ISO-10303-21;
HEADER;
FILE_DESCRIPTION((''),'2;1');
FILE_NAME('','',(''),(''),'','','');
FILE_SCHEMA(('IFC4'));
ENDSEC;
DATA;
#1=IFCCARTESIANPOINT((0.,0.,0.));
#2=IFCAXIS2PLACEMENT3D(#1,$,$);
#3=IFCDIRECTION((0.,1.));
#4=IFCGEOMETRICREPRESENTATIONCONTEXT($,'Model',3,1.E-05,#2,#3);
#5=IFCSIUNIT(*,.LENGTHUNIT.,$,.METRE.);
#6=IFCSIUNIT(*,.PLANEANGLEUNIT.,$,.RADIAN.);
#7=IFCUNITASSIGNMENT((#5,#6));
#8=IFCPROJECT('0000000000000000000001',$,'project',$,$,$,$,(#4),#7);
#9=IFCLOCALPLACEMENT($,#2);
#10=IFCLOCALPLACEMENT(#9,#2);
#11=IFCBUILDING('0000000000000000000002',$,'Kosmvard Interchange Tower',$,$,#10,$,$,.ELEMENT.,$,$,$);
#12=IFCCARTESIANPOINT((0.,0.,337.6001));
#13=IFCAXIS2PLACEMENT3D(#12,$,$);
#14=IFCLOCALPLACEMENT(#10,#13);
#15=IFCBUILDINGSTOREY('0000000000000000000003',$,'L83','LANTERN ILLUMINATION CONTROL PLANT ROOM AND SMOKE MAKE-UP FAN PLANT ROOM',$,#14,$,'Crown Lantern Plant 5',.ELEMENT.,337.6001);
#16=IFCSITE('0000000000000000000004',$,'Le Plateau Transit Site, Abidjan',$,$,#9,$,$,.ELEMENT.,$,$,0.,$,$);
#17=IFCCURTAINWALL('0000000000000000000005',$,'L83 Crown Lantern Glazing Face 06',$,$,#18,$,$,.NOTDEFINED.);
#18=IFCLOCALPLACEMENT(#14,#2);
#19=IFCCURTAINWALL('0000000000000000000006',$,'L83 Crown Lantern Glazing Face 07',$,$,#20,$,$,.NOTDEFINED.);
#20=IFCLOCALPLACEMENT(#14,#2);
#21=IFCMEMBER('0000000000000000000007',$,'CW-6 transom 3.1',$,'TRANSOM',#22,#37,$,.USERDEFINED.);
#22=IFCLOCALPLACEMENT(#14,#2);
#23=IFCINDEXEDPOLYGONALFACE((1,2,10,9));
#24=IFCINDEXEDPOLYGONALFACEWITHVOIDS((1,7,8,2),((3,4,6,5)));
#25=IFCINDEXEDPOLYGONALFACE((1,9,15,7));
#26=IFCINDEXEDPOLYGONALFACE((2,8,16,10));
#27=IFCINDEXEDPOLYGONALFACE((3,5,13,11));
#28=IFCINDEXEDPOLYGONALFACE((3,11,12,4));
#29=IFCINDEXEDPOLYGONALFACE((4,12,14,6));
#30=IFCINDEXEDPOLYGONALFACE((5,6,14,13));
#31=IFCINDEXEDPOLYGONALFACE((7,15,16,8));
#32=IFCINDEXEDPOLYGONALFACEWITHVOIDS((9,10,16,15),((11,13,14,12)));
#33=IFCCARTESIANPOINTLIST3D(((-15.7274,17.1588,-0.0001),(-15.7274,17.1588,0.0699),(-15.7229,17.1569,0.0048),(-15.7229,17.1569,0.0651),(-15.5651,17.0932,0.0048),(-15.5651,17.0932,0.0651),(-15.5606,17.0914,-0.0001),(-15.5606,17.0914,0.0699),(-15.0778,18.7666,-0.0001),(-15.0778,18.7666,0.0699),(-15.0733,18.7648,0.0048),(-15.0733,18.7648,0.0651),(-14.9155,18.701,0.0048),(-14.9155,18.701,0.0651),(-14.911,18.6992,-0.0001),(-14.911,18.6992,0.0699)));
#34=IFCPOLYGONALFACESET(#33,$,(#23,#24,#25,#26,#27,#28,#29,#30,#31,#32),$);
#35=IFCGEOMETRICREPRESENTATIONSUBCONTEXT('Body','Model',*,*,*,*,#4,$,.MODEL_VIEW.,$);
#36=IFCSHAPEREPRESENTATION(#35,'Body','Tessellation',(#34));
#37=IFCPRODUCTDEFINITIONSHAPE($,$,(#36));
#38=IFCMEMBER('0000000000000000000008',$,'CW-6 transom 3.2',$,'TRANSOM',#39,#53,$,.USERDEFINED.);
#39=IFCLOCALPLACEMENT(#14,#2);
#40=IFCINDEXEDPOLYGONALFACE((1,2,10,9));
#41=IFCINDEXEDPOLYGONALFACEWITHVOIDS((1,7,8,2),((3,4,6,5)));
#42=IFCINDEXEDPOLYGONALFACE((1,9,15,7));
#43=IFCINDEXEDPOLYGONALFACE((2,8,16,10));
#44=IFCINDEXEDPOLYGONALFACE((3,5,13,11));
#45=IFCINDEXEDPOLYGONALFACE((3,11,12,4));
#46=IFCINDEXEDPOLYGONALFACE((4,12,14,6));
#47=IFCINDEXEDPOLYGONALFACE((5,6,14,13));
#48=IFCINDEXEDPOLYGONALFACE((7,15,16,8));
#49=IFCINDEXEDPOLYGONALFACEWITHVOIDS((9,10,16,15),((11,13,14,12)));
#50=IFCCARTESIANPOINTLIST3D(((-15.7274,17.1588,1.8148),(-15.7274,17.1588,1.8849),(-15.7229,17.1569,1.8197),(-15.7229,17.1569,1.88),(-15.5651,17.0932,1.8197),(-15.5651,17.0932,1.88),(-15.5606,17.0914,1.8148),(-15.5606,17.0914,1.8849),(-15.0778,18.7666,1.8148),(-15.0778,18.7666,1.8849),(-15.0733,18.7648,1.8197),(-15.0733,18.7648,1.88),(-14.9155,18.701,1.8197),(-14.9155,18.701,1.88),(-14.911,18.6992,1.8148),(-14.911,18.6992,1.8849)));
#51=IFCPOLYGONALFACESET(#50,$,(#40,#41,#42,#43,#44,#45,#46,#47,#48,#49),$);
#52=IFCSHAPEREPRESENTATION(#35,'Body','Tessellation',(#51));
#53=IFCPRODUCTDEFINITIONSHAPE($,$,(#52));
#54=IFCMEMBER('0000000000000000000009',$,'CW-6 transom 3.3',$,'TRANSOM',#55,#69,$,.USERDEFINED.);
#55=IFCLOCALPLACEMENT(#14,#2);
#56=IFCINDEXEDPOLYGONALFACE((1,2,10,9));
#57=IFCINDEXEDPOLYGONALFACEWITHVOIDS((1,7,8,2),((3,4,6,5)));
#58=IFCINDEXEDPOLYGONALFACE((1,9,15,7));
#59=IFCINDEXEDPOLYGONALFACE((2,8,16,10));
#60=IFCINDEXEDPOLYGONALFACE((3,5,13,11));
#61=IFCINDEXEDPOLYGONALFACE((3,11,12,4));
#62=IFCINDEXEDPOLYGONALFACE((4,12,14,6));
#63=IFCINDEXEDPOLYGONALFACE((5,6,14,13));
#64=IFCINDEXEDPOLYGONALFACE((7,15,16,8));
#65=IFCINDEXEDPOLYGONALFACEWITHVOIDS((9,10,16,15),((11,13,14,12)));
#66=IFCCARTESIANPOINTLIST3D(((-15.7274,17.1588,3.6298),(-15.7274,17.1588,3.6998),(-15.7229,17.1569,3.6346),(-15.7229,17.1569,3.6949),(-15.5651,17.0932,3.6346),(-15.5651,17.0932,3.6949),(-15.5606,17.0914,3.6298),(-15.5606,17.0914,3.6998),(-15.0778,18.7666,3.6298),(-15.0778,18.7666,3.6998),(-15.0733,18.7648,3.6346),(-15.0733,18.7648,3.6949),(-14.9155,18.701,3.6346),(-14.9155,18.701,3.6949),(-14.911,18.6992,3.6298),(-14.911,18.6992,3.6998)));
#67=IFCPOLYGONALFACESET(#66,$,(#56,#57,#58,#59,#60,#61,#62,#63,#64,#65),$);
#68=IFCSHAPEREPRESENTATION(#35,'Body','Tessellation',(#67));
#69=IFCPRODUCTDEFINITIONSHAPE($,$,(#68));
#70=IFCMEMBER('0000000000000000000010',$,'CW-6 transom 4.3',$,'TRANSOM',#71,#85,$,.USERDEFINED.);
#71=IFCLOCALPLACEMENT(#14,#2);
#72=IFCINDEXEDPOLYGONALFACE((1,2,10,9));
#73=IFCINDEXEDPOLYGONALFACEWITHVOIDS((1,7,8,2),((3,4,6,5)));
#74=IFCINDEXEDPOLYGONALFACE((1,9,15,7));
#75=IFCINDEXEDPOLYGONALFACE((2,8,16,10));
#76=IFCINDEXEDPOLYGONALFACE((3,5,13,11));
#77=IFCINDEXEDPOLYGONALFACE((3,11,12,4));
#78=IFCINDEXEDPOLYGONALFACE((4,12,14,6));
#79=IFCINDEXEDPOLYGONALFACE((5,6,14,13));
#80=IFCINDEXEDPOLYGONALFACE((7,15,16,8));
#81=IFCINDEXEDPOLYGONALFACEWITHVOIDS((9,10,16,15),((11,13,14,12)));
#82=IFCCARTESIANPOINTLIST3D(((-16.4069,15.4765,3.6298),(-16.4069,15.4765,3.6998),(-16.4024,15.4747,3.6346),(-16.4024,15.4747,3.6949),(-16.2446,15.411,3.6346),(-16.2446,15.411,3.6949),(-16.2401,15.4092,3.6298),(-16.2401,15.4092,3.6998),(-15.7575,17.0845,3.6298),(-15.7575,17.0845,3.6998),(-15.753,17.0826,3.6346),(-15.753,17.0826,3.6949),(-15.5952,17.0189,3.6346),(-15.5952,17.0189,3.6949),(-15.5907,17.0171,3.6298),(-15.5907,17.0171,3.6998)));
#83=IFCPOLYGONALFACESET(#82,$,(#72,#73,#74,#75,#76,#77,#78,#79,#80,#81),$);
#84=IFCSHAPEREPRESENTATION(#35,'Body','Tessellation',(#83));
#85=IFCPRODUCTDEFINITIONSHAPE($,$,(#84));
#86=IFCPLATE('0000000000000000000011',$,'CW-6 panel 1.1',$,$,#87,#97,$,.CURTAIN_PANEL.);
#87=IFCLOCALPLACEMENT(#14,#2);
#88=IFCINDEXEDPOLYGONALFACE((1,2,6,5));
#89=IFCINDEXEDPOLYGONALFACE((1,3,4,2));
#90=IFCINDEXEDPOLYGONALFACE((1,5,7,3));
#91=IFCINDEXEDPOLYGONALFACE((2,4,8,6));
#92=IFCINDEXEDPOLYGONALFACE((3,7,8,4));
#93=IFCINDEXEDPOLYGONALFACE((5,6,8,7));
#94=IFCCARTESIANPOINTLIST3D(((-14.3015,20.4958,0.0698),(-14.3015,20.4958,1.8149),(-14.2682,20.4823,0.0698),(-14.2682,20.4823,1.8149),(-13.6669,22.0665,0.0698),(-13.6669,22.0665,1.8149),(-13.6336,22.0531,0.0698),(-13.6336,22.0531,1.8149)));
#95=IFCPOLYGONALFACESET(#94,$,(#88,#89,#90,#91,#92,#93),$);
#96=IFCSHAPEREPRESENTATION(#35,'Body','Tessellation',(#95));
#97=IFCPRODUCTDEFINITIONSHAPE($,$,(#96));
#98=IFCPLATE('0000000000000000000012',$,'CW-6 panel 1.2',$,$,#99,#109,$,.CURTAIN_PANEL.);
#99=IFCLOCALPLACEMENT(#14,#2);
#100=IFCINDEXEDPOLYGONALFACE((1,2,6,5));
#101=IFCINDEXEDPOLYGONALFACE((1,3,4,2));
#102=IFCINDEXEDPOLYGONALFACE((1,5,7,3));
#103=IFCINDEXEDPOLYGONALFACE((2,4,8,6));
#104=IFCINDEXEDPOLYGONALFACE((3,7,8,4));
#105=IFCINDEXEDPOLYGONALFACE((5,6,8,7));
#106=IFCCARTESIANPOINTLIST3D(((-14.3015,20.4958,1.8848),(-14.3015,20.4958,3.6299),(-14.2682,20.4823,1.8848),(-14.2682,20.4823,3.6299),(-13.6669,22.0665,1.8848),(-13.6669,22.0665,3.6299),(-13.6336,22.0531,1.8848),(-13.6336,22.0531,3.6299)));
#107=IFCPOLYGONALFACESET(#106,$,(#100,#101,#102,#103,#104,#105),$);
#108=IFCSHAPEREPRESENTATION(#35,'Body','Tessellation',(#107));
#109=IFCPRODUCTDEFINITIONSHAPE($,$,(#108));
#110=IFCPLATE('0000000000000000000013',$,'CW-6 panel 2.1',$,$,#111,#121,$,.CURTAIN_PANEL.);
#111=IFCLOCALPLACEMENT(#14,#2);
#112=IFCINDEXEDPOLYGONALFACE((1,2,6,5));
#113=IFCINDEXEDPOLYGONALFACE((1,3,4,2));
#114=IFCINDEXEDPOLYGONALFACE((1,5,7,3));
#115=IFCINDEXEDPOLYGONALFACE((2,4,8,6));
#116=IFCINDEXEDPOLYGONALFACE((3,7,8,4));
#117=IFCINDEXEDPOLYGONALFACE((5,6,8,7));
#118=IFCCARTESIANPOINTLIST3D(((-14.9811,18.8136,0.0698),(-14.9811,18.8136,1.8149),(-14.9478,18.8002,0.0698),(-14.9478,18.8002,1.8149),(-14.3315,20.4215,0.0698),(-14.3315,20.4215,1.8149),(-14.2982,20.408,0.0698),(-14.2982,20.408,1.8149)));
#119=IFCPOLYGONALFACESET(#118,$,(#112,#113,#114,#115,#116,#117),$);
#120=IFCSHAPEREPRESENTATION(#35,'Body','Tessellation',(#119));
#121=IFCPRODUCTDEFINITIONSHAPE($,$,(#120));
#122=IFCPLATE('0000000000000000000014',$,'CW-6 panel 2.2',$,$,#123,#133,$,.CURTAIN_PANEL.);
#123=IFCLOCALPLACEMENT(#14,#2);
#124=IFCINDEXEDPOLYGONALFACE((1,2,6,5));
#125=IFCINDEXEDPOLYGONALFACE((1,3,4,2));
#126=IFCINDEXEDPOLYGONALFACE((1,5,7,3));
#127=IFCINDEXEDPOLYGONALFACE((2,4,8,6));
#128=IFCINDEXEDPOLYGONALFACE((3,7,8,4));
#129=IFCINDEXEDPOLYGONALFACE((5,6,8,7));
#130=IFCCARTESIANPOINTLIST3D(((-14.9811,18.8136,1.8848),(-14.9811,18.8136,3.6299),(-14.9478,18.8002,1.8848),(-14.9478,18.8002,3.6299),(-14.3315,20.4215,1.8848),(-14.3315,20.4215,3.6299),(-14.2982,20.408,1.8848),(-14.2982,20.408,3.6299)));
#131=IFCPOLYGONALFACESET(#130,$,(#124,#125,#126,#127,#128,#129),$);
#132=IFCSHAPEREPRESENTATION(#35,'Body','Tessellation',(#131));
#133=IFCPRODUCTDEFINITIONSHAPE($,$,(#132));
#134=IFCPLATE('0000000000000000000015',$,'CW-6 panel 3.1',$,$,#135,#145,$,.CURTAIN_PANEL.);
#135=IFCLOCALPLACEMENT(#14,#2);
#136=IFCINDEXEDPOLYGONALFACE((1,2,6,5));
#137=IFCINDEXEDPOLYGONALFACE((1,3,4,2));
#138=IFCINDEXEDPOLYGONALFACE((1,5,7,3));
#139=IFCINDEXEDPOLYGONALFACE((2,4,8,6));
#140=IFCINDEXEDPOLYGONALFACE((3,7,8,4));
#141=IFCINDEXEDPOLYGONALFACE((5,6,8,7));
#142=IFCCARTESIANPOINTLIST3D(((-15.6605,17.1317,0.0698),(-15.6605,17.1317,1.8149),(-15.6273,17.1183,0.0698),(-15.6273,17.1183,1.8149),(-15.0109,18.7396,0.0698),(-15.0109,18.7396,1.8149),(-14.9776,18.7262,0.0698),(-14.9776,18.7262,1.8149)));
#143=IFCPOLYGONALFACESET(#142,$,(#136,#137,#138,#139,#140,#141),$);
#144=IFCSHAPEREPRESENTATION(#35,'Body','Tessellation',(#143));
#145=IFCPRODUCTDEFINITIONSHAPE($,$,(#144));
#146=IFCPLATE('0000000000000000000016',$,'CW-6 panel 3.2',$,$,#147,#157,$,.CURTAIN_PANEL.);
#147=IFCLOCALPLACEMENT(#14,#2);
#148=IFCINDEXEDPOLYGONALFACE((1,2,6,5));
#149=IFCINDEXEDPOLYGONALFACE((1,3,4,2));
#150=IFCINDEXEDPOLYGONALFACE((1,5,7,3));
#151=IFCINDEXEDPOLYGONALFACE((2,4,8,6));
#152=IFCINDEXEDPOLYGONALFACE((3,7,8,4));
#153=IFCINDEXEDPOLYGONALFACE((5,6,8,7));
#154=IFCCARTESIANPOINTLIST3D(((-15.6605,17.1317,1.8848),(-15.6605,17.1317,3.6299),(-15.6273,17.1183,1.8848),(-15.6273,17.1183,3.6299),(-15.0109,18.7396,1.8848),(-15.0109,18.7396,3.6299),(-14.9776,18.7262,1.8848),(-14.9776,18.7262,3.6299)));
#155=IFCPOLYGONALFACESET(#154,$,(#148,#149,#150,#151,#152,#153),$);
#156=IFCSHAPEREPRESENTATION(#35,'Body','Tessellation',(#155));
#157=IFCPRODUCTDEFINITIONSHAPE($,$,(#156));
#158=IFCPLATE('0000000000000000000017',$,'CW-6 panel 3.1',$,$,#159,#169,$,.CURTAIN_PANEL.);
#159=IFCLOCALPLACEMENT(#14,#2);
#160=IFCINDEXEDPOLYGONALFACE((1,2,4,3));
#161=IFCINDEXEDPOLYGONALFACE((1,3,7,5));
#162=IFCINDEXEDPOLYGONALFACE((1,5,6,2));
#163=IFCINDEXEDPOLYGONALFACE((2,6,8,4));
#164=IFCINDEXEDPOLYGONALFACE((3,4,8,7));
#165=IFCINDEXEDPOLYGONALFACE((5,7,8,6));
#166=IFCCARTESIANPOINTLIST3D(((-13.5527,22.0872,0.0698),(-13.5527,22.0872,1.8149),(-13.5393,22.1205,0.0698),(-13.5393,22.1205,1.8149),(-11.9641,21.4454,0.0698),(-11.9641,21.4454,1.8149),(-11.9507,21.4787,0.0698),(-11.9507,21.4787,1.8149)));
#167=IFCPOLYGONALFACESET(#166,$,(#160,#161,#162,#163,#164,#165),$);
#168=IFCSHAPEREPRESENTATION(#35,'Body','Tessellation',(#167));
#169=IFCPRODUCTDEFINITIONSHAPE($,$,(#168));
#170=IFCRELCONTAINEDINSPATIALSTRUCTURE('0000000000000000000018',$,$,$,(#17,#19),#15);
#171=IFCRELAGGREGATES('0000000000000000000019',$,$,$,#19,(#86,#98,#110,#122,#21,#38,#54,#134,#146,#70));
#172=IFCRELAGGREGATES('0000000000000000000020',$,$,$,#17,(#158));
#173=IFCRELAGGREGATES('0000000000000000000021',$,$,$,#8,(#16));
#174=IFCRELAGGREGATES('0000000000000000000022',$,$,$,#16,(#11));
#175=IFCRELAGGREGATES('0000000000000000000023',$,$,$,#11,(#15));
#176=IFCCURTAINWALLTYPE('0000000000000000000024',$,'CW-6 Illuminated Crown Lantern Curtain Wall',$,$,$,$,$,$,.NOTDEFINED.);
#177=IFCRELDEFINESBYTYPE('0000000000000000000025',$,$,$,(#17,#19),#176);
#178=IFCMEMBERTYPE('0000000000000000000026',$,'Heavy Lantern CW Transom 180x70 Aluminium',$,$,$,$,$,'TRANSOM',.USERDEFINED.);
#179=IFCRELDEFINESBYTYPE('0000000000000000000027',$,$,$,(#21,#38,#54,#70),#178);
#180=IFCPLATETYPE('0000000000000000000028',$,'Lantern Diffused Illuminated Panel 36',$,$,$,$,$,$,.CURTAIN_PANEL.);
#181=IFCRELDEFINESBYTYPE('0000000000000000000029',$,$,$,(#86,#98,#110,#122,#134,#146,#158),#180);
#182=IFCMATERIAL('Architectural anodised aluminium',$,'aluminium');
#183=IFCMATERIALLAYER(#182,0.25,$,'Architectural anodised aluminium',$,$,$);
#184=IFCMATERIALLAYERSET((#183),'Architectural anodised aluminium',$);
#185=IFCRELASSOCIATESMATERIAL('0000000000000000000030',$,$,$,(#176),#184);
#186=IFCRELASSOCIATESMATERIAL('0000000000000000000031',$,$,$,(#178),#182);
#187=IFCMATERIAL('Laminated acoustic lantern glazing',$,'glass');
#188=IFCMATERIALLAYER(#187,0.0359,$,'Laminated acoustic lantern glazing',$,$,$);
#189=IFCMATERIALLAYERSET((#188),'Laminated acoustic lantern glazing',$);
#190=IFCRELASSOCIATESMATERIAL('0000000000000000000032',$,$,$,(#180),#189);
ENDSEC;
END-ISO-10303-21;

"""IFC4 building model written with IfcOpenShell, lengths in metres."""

from ifc_helpers import new_model, si_unit, direction, frame, origin, origin_2d, place, context, subcontext, project, spatial, rectangle, hollow_rectangle, extrude, source, transform, mapped, material, layer, layer_set, material_profile, profile_set, type_object, element, aggregate, save


model = new_model("IFC4")

# Units and contexts
model_context = context("Model", 3, precision=1e-05, world=origin(), true_north=direction((0.0, 1.0)))
body_context = subcontext(model_context, "Body", "Model", "MODEL_VIEW")
ifc_project = project(units=[si_unit("LENGTHUNIT", "METRE"), si_unit("PLANEANGLEUNIT", "RADIAN")], contexts=[model_context])

# Site, building, storey
site_placement = place(None, origin())
site = spatial("IfcSite", under=ifc_project, at=site_placement, Name="Le Plateau Transit Site, Abidjan", CompositionType="ELEMENT", RefElevation=0.0)
building_placement = place(site_placement, origin())
building = spatial("IfcBuilding", under=site, at=building_placement, Name="Kosmvard Interchange Tower", CompositionType="ELEMENT")
storey_placement = place(building_placement, frame((0.0, 0.0, 337.6001)))
storey = spatial("IfcBuildingStorey", under=building, at=storey_placement, Name="L83", Description="LANTERN ILLUMINATION CONTROL PLANT ROOM AND SMOKE MAKE-UP FAN PLANT ROOM", LongName="Crown Lantern Plant 5", CompositionType="ELEMENT", Elevation=337.6001)

# Curtain wall
ifc_material_1 = material(Name="Architectural anodised aluminium", Category="aluminium")
ifc_layer_1 = layer(ifc_material_1, 0.25, Name="Architectural anodised aluminium")
ifc_layer_set_1 = layer_set([ifc_layer_1], Name="Architectural anodised aluminium")
curtain_wall_type = type_object("IfcCurtainWallType", Name="CW-6 Illuminated Crown Lantern Curtain Wall", PredefinedType="NOTDEFINED", material=ifc_layer_set_1)
curtain_wall_1_placement = place(storey_placement, origin())
curtain_wall_1 = element("IfcCurtainWall", 1, at=curtain_wall_1_placement, inside=storey, type_object=curtain_wall_type, Name="L83 Crown Lantern Glazing Face 06", PredefinedType="NOTDEFINED")

# Curtain wall, members, plates
curtain_wall_2_placement = place(storey_placement, origin())
curtain_wall_2 = element("IfcCurtainWall", 2, at=curtain_wall_2_placement, inside=storey, type_object=curtain_wall_type, Name="L83 Crown Lantern Glazing Face 07", PredefinedType="NOTDEFINED")
ifc_material_profile_1 = material_profile(ifc_material_1, hollow_rectangle(XDim=0.1799, YDim=0.0701, WallThickness=0.0049, at=origin_2d()), Name="CWT 180x70x5")
ifc_profile_set_1 = profile_set([ifc_material_profile_1], Name="Architectural anodised aluminium")
member_type_1 = type_object("IfcMemberType", Name="Heavy Lantern CW Transom 180x70 Aluminium", ElementType="TRANSOM", PredefinedType="USERDEFINED", material=ifc_profile_set_1)
shared_shape_1 = source(origin(), body_context, "Body", "SweptSolid", [
    extrude(hollow_rectangle(XDim=0.1799, YDim=0.0701, WallThickness=0.0049, at=origin_2d()), origin(), (0.0, 0.0, 1.0), 1.7341),
])
member_1_placement = place(storey_placement, frame((-14.9944, 18.7329, 0.0349), z_axis=(-0.374617, -0.92718, 0.0), x_axis=(0.92718, -0.374617, 0.0)))
member_1 = element("IfcMember", 3, at=member_1_placement, type_object=member_type_1, Name="CW-6 transom 3.1", ObjectType="TRANSOM", PredefinedType="USERDEFINED", context=body_context, shape_type="MappedRepresentation", body=[
    mapped(shared_shape_1, transform((0.0, 0.0, 0.0), scale=1.0)),
])
member_2_placement = place(storey_placement, frame((-14.9944, 18.7329, 1.8499), z_axis=(-0.374617, -0.92718, 0.0), x_axis=(0.92718, -0.374617, 0.0)))
member_2 = element("IfcMember", 4, at=member_2_placement, type_object=member_type_1, Name="CW-6 transom 3.2", ObjectType="TRANSOM", PredefinedType="USERDEFINED", context=body_context, shape_type="MappedRepresentation", body=[
    mapped(shared_shape_1, transform((0.0, 0.0, 0.0), scale=1.0)),
])
member_3_placement = place(storey_placement, frame((-14.9944, 18.7329, 3.6648), z_axis=(-0.374617, -0.92718, 0.0), x_axis=(0.92718, -0.374617, 0.0)))
member_3 = element("IfcMember", 5, at=member_3_placement, type_object=member_type_1, Name="CW-6 transom 3.3", ObjectType="TRANSOM", PredefinedType="USERDEFINED", context=body_context, shape_type="MappedRepresentation", body=[
    mapped(shared_shape_1, transform((0.0, 0.0, 0.0), scale=1.0)),
])
member_4_placement = place(storey_placement, frame((-15.6741, 17.0508, 3.6648), z_axis=(-0.374496, -0.927229, 0.0), x_axis=(0.927229, -0.374496, 0.0)))
member_4 = element("IfcMember", 6, at=member_4_placement, type_object=member_type_1, Name="CW-6 transom 4.3", ObjectType="TRANSOM", PredefinedType="USERDEFINED", context=body_context, shape_type="MappedRepresentation", body=[
    mapped(shared_shape_1, transform((0.0, 0.0, 0.0), scale=1.0)),
])
ifc_material_2 = material(Name="Laminated acoustic lantern glazing", Category="glass")
ifc_layer_2 = layer(ifc_material_2, 0.0359, Name="Laminated acoustic lantern glazing")
ifc_layer_set_2 = layer_set([ifc_layer_2], Name="Laminated acoustic lantern glazing")
plate_type = type_object("IfcPlateType", Name="Lantern Diffused Illuminated Panel 36", PredefinedType="CURTAIN_PANEL", material=ifc_layer_set_2)
shared_shape_2 = source(origin(), body_context, "Body", "SweptSolid", [
    extrude(rectangle(XDim=1.6941, YDim=0.0359, at=origin_2d()), origin(), (0.0, 0.0, 1.0), 1.7451),
])
plate_1_placement = place(storey_placement, frame((-13.9675, 21.2744, 0.0698), z_axis=(0.0, 0.0, 1.0), x_axis=(-0.374607, -0.927184, 0.0)))
plate_1 = element("IfcPlate", 7, at=plate_1_placement, type_object=plate_type, Name="CW-6 panel 1.1", PredefinedType="CURTAIN_PANEL", context=body_context, shape_type="MappedRepresentation", body=[
    mapped(shared_shape_2, transform((0.0, 0.0, 0.0), scale=1.0)),
])
plate_2_placement = place(storey_placement, frame((-13.9675, 21.2744, 1.8848), z_axis=(0.0, 0.0, 1.0), x_axis=(-0.374607, -0.927184, 0.0)))
plate_2 = element("IfcPlate", 8, at=plate_2_placement, type_object=plate_type, Name="CW-6 panel 1.2", PredefinedType="CURTAIN_PANEL", context=body_context, shape_type="MappedRepresentation", body=[
    mapped(shared_shape_2, transform((0.0, 0.0, 0.0), scale=1.0)),
])
shared_shape_3 = source(origin(), body_context, "Body", "SweptSolid", [
    extrude(rectangle(XDim=1.7341, YDim=0.0359, at=origin_2d()), origin(), (0.0, 0.0, 1.0), 1.7451),
])
plate_3_placement = place(storey_placement, frame((-14.6396, 19.6108, 0.0698), z_axis=(0.0, 0.0, 1.0), x_axis=(-0.374607, -0.927184, 0.0)))
plate_3 = element("IfcPlate", 9, at=plate_3_placement, type_object=plate_type, Name="CW-6 panel 2.1", PredefinedType="CURTAIN_PANEL", context=body_context, shape_type="MappedRepresentation", body=[
    mapped(shared_shape_3, transform((0.0, 0.0, 0.0), scale=1.0)),
])
plate_4_placement = place(storey_placement, frame((-14.6396, 19.6108, 1.8848), z_axis=(0.0, 0.0, 1.0), x_axis=(-0.374607, -0.927184, 0.0)))
plate_4 = element("IfcPlate", 10, at=plate_4_placement, type_object=plate_type, Name="CW-6 panel 2.2", PredefinedType="CURTAIN_PANEL", context=body_context, shape_type="MappedRepresentation", body=[
    mapped(shared_shape_3, transform((0.0, 0.0, 0.0), scale=1.0)),
])
plate_5_placement = place(storey_placement, frame((-15.3191, 17.929, 0.0698), z_axis=(0.0, 0.0, 1.0), x_axis=(-0.374607, -0.927184, 0.0)))
plate_5 = element("IfcPlate", 11, at=plate_5_placement, type_object=plate_type, Name="CW-6 panel 3.1", PredefinedType="CURTAIN_PANEL", context=body_context, shape_type="MappedRepresentation", body=[
    mapped(shared_shape_3, transform((0.0, 0.0, 0.0), scale=1.0)),
])
plate_6_placement = place(storey_placement, frame((-15.3191, 17.929, 1.8848), z_axis=(0.0, 0.0, 1.0), x_axis=(-0.374607, -0.927184, 0.0)))
plate_6 = element("IfcPlate", 12, at=plate_6_placement, type_object=plate_type, Name="CW-6 panel 3.2", PredefinedType="CURTAIN_PANEL", context=body_context, shape_type="MappedRepresentation", body=[
    mapped(shared_shape_3, transform((0.0, 0.0, 0.0), scale=1.0)),
])
aggregate(curtain_wall_2, [plate_1, plate_2, plate_3, plate_4, member_1, member_2, member_3, plate_5, plate_6, member_4])

# Plate
shared_shape_4 = source(origin(), body_context, "Body", "SweptSolid", [
    extrude(rectangle(XDim=1.7134, YDim=0.0359, at=origin_2d()), origin(), (0.0, 0.0, 1.0), 1.7451),
])
plate_7_placement = place(storey_placement, frame((-12.7517, 21.783, 0.0698), z_axis=(0.0, 0.0, 1.0), x_axis=(-0.927184, 0.374607, 0.0)))
plate_7 = element("IfcPlate", 13, at=plate_7_placement, type_object=plate_type, Name="CW-6 panel 3.1", PredefinedType="CURTAIN_PANEL", context=body_context, shape_type="MappedRepresentation", body=[
    mapped(shared_shape_4, transform((0.0, 0.0, 0.0), scale=1.0)),
])
aggregate(curtain_wall_1, [plate_7])

save(model, "model.ifc")
